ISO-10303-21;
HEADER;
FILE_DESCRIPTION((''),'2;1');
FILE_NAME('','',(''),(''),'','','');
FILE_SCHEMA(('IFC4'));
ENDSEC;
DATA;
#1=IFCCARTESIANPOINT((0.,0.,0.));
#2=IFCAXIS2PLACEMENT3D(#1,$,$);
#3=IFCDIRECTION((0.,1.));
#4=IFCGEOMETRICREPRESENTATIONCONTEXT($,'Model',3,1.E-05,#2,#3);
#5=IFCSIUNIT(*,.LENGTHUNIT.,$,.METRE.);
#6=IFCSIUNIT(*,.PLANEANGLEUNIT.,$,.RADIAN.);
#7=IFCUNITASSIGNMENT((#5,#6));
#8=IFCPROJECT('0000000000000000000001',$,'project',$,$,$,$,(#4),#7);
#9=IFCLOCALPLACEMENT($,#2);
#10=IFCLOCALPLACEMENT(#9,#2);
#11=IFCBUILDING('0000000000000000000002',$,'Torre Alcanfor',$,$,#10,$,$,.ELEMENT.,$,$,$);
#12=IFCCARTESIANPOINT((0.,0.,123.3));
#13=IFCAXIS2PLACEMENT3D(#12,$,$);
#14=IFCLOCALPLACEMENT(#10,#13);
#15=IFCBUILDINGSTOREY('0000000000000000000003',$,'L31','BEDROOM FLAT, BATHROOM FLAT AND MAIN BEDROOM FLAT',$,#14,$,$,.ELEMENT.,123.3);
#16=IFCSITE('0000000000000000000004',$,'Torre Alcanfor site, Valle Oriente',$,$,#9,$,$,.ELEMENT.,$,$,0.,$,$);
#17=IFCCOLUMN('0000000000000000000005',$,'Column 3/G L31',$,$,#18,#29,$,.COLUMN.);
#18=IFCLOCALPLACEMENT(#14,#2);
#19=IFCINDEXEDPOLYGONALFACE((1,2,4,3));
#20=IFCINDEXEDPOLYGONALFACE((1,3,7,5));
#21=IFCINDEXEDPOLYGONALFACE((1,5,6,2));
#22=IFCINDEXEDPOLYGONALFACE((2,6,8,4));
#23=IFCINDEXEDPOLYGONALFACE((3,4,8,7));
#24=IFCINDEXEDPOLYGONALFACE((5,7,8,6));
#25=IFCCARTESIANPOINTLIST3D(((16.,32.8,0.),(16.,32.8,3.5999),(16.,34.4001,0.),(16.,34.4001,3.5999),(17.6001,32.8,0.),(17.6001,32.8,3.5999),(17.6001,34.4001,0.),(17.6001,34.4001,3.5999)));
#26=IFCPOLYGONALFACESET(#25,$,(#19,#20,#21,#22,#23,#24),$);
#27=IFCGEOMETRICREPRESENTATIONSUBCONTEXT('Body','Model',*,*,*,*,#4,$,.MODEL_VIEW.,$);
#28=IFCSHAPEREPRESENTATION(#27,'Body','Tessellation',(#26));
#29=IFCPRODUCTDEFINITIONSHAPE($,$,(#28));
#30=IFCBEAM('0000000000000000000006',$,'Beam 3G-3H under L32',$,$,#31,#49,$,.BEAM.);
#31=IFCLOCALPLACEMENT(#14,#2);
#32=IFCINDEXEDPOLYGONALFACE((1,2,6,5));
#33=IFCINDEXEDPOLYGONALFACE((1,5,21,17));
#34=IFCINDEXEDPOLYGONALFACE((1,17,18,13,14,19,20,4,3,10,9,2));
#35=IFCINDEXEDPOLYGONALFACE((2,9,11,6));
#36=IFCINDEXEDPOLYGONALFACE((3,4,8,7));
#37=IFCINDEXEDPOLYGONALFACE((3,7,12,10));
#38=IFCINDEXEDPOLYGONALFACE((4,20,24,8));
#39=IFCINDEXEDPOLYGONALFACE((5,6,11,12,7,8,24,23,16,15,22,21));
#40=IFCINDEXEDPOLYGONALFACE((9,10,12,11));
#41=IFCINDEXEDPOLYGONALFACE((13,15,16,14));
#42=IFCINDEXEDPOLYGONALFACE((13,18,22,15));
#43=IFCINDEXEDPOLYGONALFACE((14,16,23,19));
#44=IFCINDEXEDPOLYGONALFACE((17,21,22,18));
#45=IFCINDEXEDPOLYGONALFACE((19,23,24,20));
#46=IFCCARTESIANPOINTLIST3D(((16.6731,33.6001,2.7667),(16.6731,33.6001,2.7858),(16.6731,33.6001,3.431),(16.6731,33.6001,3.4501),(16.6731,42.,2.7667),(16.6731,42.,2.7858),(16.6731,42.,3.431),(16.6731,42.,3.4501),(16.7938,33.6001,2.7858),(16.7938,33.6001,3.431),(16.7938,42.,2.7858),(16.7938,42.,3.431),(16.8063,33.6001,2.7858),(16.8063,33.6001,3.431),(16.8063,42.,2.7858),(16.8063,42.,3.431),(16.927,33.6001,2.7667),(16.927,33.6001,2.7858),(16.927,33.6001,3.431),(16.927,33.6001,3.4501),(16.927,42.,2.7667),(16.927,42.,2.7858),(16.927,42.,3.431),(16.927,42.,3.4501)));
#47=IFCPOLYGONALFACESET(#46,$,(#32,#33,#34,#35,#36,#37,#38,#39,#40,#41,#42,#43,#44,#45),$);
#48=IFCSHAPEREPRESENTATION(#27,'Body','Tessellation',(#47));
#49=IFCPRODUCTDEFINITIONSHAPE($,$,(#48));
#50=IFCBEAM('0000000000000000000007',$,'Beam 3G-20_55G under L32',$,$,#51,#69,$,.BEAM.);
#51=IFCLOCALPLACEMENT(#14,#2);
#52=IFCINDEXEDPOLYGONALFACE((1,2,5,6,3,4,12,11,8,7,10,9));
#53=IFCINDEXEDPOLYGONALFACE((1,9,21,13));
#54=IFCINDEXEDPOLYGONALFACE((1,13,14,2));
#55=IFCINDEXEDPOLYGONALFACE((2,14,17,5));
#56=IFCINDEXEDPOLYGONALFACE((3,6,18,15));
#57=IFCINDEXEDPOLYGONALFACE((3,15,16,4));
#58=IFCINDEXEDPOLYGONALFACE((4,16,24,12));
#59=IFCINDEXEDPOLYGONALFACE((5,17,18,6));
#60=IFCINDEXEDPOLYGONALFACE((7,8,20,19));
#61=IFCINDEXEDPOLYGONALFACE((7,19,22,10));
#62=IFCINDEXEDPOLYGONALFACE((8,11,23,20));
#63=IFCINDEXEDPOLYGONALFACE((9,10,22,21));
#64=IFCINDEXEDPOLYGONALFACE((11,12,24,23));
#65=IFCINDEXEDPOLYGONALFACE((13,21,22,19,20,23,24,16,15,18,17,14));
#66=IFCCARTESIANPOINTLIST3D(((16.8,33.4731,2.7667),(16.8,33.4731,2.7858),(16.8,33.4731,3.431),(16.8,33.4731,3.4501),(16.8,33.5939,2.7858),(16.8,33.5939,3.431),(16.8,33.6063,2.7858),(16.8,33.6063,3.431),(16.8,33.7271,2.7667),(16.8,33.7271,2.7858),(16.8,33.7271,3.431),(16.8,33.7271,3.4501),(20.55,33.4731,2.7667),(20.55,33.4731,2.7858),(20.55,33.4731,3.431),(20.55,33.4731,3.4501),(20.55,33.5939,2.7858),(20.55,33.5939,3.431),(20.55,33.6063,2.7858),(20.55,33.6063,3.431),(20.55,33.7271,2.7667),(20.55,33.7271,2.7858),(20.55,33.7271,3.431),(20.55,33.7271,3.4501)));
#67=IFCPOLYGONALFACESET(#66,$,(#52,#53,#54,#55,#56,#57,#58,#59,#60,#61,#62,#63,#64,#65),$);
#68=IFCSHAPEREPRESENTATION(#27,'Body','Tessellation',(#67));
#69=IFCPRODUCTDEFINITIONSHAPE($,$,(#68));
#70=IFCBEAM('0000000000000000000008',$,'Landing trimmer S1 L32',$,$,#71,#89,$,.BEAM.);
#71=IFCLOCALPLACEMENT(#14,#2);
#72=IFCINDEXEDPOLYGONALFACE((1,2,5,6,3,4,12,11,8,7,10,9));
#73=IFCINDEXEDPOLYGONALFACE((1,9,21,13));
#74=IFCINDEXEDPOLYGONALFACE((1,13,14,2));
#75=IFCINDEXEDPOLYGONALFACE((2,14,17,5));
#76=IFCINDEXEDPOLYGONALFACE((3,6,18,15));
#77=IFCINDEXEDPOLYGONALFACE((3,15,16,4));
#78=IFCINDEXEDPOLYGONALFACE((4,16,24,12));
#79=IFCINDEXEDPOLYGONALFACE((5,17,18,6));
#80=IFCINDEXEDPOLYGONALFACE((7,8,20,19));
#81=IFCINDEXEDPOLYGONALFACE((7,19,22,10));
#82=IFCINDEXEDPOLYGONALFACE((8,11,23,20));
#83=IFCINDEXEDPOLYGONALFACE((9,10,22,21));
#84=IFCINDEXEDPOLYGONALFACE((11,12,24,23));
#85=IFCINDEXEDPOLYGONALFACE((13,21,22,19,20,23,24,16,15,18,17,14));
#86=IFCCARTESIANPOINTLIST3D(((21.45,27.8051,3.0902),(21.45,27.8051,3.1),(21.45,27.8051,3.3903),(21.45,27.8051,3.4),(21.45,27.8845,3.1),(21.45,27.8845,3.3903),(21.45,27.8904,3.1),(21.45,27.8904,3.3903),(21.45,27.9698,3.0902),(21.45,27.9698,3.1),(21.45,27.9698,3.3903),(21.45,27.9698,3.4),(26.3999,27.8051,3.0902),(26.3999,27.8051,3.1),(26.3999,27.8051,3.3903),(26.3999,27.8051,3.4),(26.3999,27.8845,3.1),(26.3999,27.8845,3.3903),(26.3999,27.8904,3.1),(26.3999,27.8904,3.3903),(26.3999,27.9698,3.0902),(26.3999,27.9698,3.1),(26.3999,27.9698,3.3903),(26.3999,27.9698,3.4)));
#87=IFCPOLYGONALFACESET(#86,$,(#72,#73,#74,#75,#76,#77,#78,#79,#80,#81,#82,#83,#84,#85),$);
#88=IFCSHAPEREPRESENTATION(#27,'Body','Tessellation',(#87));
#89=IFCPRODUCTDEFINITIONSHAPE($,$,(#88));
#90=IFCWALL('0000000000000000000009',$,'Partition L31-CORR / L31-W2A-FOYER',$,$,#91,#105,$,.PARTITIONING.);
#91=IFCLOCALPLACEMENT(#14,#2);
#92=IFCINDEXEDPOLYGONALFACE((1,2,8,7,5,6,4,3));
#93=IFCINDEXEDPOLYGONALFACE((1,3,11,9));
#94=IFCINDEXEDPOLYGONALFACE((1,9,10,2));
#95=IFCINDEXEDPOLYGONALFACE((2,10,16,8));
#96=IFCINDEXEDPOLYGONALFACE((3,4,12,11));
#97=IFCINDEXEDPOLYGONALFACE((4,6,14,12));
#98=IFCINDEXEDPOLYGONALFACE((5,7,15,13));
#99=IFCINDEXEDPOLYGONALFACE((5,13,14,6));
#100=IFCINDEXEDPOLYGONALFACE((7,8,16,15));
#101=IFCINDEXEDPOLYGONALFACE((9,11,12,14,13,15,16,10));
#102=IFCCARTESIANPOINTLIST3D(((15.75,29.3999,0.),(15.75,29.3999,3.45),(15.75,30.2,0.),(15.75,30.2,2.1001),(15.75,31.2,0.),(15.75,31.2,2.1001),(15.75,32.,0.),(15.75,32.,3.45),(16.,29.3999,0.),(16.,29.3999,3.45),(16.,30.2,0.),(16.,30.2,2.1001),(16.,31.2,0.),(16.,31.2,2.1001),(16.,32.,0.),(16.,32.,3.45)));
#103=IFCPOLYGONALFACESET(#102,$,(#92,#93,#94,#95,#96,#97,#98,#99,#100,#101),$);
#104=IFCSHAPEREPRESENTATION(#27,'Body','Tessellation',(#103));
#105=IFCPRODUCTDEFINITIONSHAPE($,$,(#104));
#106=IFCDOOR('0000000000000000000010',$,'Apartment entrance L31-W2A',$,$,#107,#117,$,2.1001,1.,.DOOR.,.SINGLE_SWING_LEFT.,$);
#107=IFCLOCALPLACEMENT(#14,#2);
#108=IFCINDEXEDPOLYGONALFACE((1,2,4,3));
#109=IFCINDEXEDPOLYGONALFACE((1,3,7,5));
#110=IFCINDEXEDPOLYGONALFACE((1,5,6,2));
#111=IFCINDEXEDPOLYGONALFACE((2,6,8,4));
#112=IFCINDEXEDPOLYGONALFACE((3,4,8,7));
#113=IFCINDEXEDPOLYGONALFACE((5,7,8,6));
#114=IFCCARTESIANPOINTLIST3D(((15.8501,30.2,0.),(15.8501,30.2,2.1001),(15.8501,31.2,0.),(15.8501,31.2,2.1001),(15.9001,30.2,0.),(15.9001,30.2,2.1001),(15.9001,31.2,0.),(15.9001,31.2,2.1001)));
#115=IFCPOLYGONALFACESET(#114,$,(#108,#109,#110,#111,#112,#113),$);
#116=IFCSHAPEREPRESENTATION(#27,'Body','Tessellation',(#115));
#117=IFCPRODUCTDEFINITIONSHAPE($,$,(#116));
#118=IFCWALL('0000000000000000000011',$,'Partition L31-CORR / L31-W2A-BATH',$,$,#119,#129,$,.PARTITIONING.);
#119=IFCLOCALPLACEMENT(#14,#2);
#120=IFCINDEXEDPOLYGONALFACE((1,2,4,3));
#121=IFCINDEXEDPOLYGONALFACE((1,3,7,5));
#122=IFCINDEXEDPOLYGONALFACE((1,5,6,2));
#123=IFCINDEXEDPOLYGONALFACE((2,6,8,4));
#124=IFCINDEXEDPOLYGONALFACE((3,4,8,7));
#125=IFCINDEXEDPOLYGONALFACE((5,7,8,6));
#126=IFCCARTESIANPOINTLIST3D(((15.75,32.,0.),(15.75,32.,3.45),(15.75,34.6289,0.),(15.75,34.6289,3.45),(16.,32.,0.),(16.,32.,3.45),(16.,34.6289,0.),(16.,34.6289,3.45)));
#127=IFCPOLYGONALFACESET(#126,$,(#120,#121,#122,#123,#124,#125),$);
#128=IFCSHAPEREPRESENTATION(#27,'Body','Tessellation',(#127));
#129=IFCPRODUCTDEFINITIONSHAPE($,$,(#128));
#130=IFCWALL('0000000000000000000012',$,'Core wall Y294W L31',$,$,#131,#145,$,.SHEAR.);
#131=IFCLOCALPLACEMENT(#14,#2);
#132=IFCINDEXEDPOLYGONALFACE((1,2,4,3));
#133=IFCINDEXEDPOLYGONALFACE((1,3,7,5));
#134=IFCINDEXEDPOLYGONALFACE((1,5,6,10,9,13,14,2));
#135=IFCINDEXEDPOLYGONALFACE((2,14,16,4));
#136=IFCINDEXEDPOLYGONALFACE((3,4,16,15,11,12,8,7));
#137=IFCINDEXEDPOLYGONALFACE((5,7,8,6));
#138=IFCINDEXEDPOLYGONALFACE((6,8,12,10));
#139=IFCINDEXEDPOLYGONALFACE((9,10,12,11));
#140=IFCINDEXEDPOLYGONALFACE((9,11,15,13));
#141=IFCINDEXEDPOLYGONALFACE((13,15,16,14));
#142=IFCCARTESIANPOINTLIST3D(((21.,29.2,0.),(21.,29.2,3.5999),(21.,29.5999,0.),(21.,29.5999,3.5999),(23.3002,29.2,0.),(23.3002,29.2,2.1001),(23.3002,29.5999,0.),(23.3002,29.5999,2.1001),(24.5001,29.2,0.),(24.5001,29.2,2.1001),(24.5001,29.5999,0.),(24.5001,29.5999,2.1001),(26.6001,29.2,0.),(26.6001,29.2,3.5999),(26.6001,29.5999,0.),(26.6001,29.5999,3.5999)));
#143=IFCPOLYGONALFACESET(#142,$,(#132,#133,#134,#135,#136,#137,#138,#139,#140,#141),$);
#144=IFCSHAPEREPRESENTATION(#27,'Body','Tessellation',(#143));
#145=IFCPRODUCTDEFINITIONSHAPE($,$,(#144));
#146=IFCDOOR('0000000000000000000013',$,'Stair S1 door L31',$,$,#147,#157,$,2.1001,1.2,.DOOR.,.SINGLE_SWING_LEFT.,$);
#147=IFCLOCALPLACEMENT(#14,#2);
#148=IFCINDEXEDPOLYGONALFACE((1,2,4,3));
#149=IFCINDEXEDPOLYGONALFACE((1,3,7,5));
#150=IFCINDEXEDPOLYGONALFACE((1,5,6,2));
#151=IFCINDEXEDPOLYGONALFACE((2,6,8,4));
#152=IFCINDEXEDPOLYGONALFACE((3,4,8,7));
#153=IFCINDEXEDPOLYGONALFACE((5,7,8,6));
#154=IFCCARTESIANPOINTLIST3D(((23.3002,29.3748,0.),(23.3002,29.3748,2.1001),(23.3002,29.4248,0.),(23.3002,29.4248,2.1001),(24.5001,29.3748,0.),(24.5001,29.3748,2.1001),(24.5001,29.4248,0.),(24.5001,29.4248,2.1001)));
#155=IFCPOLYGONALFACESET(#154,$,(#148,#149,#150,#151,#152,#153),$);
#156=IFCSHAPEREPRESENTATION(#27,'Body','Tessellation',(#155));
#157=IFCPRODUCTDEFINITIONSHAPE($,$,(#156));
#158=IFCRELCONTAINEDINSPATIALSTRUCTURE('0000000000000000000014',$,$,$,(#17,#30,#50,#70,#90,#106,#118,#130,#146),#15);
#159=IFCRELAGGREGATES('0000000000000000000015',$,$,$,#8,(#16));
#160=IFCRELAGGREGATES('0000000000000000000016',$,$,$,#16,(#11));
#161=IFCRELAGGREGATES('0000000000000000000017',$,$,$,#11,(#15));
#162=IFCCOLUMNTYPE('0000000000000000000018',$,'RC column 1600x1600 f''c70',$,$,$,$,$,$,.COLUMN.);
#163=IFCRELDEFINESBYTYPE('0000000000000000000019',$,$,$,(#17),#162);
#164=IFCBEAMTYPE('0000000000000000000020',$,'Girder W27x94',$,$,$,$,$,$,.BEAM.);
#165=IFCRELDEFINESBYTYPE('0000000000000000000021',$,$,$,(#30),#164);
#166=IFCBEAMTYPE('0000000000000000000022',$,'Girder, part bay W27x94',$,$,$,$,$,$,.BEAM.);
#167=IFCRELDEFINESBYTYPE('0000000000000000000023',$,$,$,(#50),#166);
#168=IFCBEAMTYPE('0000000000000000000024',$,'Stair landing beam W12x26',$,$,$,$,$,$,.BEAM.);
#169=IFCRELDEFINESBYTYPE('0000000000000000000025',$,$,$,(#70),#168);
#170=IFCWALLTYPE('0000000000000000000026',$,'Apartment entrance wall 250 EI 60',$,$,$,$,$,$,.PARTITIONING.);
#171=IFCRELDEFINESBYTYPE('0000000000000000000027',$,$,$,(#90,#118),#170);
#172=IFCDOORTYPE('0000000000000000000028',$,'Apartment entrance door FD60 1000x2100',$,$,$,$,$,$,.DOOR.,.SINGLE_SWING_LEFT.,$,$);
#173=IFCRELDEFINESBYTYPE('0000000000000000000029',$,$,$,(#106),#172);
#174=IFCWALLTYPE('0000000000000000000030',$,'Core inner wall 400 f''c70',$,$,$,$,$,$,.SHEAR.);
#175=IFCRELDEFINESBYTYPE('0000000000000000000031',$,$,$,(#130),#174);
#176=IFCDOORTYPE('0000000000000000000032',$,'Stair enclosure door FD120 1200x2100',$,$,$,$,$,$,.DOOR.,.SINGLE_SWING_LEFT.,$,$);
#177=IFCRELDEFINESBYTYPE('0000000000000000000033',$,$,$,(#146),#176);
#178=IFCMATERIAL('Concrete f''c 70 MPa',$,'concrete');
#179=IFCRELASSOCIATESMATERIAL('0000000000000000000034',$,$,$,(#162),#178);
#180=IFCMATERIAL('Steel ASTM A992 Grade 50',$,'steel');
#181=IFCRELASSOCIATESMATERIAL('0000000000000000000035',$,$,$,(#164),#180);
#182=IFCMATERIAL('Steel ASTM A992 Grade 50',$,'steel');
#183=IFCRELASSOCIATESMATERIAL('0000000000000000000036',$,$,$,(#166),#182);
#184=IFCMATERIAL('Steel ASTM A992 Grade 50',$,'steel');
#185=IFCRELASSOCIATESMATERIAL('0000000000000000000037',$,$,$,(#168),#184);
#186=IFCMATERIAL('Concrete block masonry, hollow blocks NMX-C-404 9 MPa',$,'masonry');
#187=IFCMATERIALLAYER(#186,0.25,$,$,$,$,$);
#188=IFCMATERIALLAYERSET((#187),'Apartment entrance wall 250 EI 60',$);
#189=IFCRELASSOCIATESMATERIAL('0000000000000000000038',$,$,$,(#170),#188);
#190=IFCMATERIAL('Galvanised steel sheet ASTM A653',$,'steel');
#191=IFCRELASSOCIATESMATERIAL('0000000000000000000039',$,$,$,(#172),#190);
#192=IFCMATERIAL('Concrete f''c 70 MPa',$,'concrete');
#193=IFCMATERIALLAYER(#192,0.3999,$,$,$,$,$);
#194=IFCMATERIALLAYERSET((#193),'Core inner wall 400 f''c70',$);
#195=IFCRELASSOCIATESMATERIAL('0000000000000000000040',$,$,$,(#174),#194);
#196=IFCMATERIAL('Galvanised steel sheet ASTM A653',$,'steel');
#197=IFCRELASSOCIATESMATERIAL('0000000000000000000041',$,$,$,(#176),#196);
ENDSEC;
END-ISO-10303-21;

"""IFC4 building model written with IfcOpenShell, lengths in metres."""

from ifc_helpers import new_model, si_unit, direction, frame, frame_2d, origin, origin_2d, place, context, subcontext, project, spatial, rectangle, i_section, extrude, material, layer, layer_set, material_profile, profile_set, type_object, element, fill, save


model = new_model("IFC4")

# Units and contexts
model_context = context("Model", 3, precision=1e-05, world=origin(), true_north=direction((0.0, 1.0)))
body_context = subcontext(model_context, "Body", "Model", "MODEL_VIEW")
ifc_project = project(units=[si_unit("LENGTHUNIT", "METRE"), si_unit("PLANEANGLEUNIT", "RADIAN")], contexts=[model_context])

# Site, building, storey
site_placement = place(None, origin())
site = spatial("IfcSite", under=ifc_project, at=site_placement, Name="Torre Alcanfor site, Valle Oriente", CompositionType="ELEMENT", RefElevation=0.0)
building_placement = place(site_placement, origin())
building = spatial("IfcBuilding", under=site, at=building_placement, Name="Torre Alcanfor", CompositionType="ELEMENT")
storey_placement = place(building_placement, frame((0.0, 0.0, 123.3)))
storey = spatial("IfcBuildingStorey", under=building, at=storey_placement, Name="L31", Description="BEDROOM FLAT, BATHROOM FLAT AND MAIN BEDROOM FLAT", CompositionType="ELEMENT", Elevation=123.3)

# Column
ifc_material_1 = material(Name="Concrete f'c 70 MPa", Category="concrete")
ifc_material_profile_1 = material_profile(ifc_material_1, rectangle(XDim=1.6001, YDim=1.6001, at=origin_2d()), Name="1600x1600")
ifc_profile_set_1 = profile_set([ifc_material_profile_1], Name="Concrete f'c 70 MPa")
column_type = type_object("IfcColumnType", Name="RC column 1600x1600 f'c70", PredefinedType="COLUMN", material=ifc_profile_set_1)
column_placement = place(storey_placement, frame((16.8, 33.6001, 0.0), z_axis=(0.0, 0.0, 1.0), x_axis=(1.0, 0.0, 0.0)))
element("IfcColumn", 1, at=column_placement, inside=storey, type_object=column_type, Name="Column 3/G L31", PredefinedType="COLUMN", context=body_context, shape_type="SweptSolid", body=[
    extrude(rectangle(XDim=1.6001, YDim=1.6001, at=origin_2d()), origin(), (0.0, 0.0, 1.0), 3.5999),
])

# Beams
ifc_material_2 = material(Name="Steel ASTM A992 Grade 50", Category="steel")
ifc_material_profile_2 = material_profile(ifc_material_2, i_section(OverallWidth=0.2539, OverallDepth=0.6833, WebThickness=0.0125, FlangeThickness=0.019, at=origin_2d()), Name="W27x94")
ifc_profile_set_2 = profile_set([ifc_material_profile_2], Name="Steel ASTM A992 Grade 50")
beam_type_1 = type_object("IfcBeamType", Name="Girder W27x94", PredefinedType="BEAM", material=ifc_profile_set_2)
beam_1_placement = place(storey_placement, frame((16.8, 33.6001, 3.1084), z_axis=(0.0, 1.0, 0.0), x_axis=(-1.0, 0.0, 0.0)))
element("IfcBeam", 2, at=beam_1_placement, inside=storey, type_object=beam_type_1, Name="Beam 3G-3H under L32", PredefinedType="BEAM", context=body_context, shape_type="SweptSolid", body=[
    extrude(i_section(OverallWidth=0.2539, OverallDepth=0.6833, WebThickness=0.0125, FlangeThickness=0.019, at=origin_2d()), origin(), (0.0, 0.0, 1.0), 8.3999),
])
ifc_material_3 = material(Name="Steel ASTM A992 Grade 50", Category="steel")
ifc_material_profile_3 = material_profile(ifc_material_3, i_section(OverallWidth=0.2539, OverallDepth=0.6833, WebThickness=0.0125, FlangeThickness=0.019, at=origin_2d()), Name="W27x94")
ifc_profile_set_3 = profile_set([ifc_material_profile_3], Name="Steel ASTM A992 Grade 50")
beam_type_2 = type_object("IfcBeamType", Name="Girder, part bay W27x94", PredefinedType="BEAM", material=ifc_profile_set_3)
beam_2_placement = place(storey_placement, frame((16.8, 33.6001, 3.1084), z_axis=(1.0, 0.0, 0.0), x_axis=(0.0, 1.0, 0.0)))
element("IfcBeam", 3, at=beam_2_placement, inside=storey, type_object=beam_type_2, Name="Beam 3G-20_55G under L32", PredefinedType="BEAM", context=body_context, shape_type="SweptSolid", body=[
    extrude(i_section(OverallWidth=0.2539, OverallDepth=0.6833, WebThickness=0.0125, FlangeThickness=0.019, at=origin_2d()), origin(), (0.0, 0.0, 1.0), 3.75),
])
ifc_material_4 = material(Name="Steel ASTM A992 Grade 50", Category="steel")
ifc_material_profile_4 = material_profile(ifc_material_4, i_section(OverallWidth=0.1648, OverallDepth=0.3098, WebThickness=0.0059, FlangeThickness=0.0098, at=origin_2d()), Name="W12x26")
ifc_profile_set_4 = profile_set([ifc_material_profile_4], Name="Steel ASTM A992 Grade 50")
beam_type_3 = type_object("IfcBeamType", Name="Stair landing beam W12x26", PredefinedType="BEAM", material=ifc_profile_set_4)
beam_3_placement = place(storey_placement, frame((21.45, 27.8875, 3.2451), z_axis=(1.0, 0.0, 0.0), x_axis=(0.0, 1.0, 0.0)))
element("IfcBeam", 4, at=beam_3_placement, inside=storey, type_object=beam_type_3, Name="Landing trimmer S1 L32", PredefinedType="BEAM", context=body_context, shape_type="SweptSolid", body=[
    extrude(i_section(OverallWidth=0.1648, OverallDepth=0.3098, WebThickness=0.0059, FlangeThickness=0.0098, at=origin_2d()), origin(), (0.0, 0.0, 1.0), 4.95),
])

# Wall, opening, door
ifc_material_5 = material(Name="Concrete block masonry, hollow blocks NMX-C-404 9 MPa", Category="masonry")
ifc_layer_1 = layer(ifc_material_5, 0.25)
ifc_layer_set_1 = layer_set([ifc_layer_1], Name="Apartment entrance wall 250 EI 60")
wall_type_1 = type_object("IfcWallType", Name="Apartment entrance wall 250 EI 60", PredefinedType="PARTITIONING", material=ifc_layer_set_1)
wall_1_placement = place(storey_placement, frame((15.875, 29.3999, 0.0), z_axis=(0.0, 0.0, 1.0), x_axis=(0.0, 1.0, 0.0)))
wall_1 = element("IfcWall", 5, at=wall_1_placement, inside=storey, type_object=wall_type_1, Name="Partition L31-CORR / L31-W2A-FOYER", PredefinedType="PARTITIONING", context=body_context, shape_type="SweptSolid", body=[
    extrude(rectangle(XDim=2.6001, YDim=0.25, at=frame_2d((1.3, 0.0))), origin(), (0.0, 0.0, 1.0), 3.45),
])
opening_1_placement = place(wall_1_placement, frame((0.8, 0.0, 0.0)))
opening_1 = element("IfcOpeningElement", 6, at=opening_1_placement, cuts=wall_1, PredefinedType="OPENING", context=body_context, shape_type="SweptSolid", body=[
    extrude(rectangle(XDim=1.0, YDim=2.1001, at=frame_2d((0.5, 1.05))), frame((0.0, 0.135, 0.0), z_axis=(0.0, -1.0, 0.0), x_axis=(1.0, 0.0, 0.0)), (0.0, 0.0, 1.0), 0.27),
])
ifc_material_6 = material(Name="Galvanised steel sheet ASTM A653", Category="steel")
door_type_1 = type_object("IfcDoorType", Name="Apartment entrance door FD60 1000x2100", OperationType="SINGLE_SWING_LEFT", PredefinedType="DOOR", material=ifc_material_6)
door_1_placement = place(opening_1_placement, origin())
door_1 = element("IfcDoor", 7, at=door_1_placement, inside=storey, type_object=door_type_1, Name="Apartment entrance L31-W2A", OperationType="SINGLE_SWING_LEFT", OverallHeight=2.1001, OverallWidth=1.0, PredefinedType="DOOR", context=body_context, shape_type="SweptSolid", body=[
    extrude(rectangle(XDim=1.0, YDim=2.1001, at=frame_2d((0.5, 1.05))), frame((0.0, 0.0249, 0.0), z_axis=(0.0, -1.0, 0.0), x_axis=(1.0, 0.0, 0.0)), (0.0, 0.0, 1.0), 0.05),
])
fill(opening_1, door_1)

# Wall
wall_2_placement = place(storey_placement, frame((15.875, 32.0, 0.0), z_axis=(0.0, 0.0, 1.0), x_axis=(0.0, 1.0, 0.0)))
element("IfcWall", 8, at=wall_2_placement, inside=storey, type_object=wall_type_1, Name="Partition L31-CORR / L31-W2A-BATH", PredefinedType="PARTITIONING", context=body_context, shape_type="SweptSolid", body=[
    extrude(rectangle(XDim=2.6289, YDim=0.25, at=frame_2d((1.3145, 0.0))), origin(), (0.0, 0.0, 1.0), 3.45),
])

# Wall, opening, door
ifc_material_7 = material(Name="Concrete f'c 70 MPa", Category="concrete")
ifc_layer_2 = layer(ifc_material_7, 0.3999)
ifc_layer_set_2 = layer_set([ifc_layer_2], Name="Core inner wall 400 f'c70")
wall_type_2 = type_object("IfcWallType", Name="Core inner wall 400 f'c70", PredefinedType="SHEAR", material=ifc_layer_set_2)
wall_3_placement = place(storey_placement, frame((21.0, 29.3999, 0.0), z_axis=(0.0, 0.0, 1.0), x_axis=(1.0, 0.0, 0.0)))
wall_3 = element("IfcWall", 9, at=wall_3_placement, inside=storey, type_object=wall_type_2, Name="Core wall Y294W L31", PredefinedType="SHEAR", context=body_context, shape_type="SweptSolid", body=[
    extrude(rectangle(XDim=5.6001, YDim=0.3999, at=frame_2d((2.8, 0.0))), origin(), (0.0, 0.0, 1.0), 3.5999),
])
opening_2_placement = place(wall_3_placement, frame((2.3, 0.0, 0.0)))
opening_2 = element("IfcOpeningElement", 10, at=opening_2_placement, cuts=wall_3, PredefinedType="OPENING", context=body_context, shape_type="SweptSolid", body=[
    extrude(rectangle(XDim=1.2, YDim=2.1001, at=frame_2d((0.6001, 1.05))), frame((0.0, 0.21, 0.0), z_axis=(0.0, -1.0, 0.0), x_axis=(1.0, 0.0, 0.0)), (0.0, 0.0, 1.0), 0.4199),
])
ifc_material_8 = material(Name="Galvanised steel sheet ASTM A653", Category="steel")
door_type_2 = type_object("IfcDoorType", Name="Stair enclosure door FD120 1200x2100", OperationType="SINGLE_SWING_LEFT", PredefinedType="DOOR", material=ifc_material_8)
door_2_placement = place(opening_2_placement, frame((1.2, 0.0, 0.0), z_axis=(0.0, 0.0, 1.0), x_axis=(-1.0, 0.0, 0.0)))
door_2 = element("IfcDoor", 11, at=door_2_placement, inside=storey, type_object=door_type_2, Name="Stair S1 door L31", OperationType="SINGLE_SWING_LEFT", OverallHeight=2.1001, OverallWidth=1.2, PredefinedType="DOOR", context=body_context, shape_type="SweptSolid", body=[
    extrude(rectangle(XDim=1.2, YDim=2.1001, at=frame_2d((0.5999, 1.05))), frame((0.0, 0.0251, 0.0), z_axis=(0.0, -1.0, 0.0), x_axis=(1.0, 0.0, 0.0)), (0.0, 0.0, 1.0), 0.05),
])
fill(opening_2, door_2)

save(model, "model.ifc")
